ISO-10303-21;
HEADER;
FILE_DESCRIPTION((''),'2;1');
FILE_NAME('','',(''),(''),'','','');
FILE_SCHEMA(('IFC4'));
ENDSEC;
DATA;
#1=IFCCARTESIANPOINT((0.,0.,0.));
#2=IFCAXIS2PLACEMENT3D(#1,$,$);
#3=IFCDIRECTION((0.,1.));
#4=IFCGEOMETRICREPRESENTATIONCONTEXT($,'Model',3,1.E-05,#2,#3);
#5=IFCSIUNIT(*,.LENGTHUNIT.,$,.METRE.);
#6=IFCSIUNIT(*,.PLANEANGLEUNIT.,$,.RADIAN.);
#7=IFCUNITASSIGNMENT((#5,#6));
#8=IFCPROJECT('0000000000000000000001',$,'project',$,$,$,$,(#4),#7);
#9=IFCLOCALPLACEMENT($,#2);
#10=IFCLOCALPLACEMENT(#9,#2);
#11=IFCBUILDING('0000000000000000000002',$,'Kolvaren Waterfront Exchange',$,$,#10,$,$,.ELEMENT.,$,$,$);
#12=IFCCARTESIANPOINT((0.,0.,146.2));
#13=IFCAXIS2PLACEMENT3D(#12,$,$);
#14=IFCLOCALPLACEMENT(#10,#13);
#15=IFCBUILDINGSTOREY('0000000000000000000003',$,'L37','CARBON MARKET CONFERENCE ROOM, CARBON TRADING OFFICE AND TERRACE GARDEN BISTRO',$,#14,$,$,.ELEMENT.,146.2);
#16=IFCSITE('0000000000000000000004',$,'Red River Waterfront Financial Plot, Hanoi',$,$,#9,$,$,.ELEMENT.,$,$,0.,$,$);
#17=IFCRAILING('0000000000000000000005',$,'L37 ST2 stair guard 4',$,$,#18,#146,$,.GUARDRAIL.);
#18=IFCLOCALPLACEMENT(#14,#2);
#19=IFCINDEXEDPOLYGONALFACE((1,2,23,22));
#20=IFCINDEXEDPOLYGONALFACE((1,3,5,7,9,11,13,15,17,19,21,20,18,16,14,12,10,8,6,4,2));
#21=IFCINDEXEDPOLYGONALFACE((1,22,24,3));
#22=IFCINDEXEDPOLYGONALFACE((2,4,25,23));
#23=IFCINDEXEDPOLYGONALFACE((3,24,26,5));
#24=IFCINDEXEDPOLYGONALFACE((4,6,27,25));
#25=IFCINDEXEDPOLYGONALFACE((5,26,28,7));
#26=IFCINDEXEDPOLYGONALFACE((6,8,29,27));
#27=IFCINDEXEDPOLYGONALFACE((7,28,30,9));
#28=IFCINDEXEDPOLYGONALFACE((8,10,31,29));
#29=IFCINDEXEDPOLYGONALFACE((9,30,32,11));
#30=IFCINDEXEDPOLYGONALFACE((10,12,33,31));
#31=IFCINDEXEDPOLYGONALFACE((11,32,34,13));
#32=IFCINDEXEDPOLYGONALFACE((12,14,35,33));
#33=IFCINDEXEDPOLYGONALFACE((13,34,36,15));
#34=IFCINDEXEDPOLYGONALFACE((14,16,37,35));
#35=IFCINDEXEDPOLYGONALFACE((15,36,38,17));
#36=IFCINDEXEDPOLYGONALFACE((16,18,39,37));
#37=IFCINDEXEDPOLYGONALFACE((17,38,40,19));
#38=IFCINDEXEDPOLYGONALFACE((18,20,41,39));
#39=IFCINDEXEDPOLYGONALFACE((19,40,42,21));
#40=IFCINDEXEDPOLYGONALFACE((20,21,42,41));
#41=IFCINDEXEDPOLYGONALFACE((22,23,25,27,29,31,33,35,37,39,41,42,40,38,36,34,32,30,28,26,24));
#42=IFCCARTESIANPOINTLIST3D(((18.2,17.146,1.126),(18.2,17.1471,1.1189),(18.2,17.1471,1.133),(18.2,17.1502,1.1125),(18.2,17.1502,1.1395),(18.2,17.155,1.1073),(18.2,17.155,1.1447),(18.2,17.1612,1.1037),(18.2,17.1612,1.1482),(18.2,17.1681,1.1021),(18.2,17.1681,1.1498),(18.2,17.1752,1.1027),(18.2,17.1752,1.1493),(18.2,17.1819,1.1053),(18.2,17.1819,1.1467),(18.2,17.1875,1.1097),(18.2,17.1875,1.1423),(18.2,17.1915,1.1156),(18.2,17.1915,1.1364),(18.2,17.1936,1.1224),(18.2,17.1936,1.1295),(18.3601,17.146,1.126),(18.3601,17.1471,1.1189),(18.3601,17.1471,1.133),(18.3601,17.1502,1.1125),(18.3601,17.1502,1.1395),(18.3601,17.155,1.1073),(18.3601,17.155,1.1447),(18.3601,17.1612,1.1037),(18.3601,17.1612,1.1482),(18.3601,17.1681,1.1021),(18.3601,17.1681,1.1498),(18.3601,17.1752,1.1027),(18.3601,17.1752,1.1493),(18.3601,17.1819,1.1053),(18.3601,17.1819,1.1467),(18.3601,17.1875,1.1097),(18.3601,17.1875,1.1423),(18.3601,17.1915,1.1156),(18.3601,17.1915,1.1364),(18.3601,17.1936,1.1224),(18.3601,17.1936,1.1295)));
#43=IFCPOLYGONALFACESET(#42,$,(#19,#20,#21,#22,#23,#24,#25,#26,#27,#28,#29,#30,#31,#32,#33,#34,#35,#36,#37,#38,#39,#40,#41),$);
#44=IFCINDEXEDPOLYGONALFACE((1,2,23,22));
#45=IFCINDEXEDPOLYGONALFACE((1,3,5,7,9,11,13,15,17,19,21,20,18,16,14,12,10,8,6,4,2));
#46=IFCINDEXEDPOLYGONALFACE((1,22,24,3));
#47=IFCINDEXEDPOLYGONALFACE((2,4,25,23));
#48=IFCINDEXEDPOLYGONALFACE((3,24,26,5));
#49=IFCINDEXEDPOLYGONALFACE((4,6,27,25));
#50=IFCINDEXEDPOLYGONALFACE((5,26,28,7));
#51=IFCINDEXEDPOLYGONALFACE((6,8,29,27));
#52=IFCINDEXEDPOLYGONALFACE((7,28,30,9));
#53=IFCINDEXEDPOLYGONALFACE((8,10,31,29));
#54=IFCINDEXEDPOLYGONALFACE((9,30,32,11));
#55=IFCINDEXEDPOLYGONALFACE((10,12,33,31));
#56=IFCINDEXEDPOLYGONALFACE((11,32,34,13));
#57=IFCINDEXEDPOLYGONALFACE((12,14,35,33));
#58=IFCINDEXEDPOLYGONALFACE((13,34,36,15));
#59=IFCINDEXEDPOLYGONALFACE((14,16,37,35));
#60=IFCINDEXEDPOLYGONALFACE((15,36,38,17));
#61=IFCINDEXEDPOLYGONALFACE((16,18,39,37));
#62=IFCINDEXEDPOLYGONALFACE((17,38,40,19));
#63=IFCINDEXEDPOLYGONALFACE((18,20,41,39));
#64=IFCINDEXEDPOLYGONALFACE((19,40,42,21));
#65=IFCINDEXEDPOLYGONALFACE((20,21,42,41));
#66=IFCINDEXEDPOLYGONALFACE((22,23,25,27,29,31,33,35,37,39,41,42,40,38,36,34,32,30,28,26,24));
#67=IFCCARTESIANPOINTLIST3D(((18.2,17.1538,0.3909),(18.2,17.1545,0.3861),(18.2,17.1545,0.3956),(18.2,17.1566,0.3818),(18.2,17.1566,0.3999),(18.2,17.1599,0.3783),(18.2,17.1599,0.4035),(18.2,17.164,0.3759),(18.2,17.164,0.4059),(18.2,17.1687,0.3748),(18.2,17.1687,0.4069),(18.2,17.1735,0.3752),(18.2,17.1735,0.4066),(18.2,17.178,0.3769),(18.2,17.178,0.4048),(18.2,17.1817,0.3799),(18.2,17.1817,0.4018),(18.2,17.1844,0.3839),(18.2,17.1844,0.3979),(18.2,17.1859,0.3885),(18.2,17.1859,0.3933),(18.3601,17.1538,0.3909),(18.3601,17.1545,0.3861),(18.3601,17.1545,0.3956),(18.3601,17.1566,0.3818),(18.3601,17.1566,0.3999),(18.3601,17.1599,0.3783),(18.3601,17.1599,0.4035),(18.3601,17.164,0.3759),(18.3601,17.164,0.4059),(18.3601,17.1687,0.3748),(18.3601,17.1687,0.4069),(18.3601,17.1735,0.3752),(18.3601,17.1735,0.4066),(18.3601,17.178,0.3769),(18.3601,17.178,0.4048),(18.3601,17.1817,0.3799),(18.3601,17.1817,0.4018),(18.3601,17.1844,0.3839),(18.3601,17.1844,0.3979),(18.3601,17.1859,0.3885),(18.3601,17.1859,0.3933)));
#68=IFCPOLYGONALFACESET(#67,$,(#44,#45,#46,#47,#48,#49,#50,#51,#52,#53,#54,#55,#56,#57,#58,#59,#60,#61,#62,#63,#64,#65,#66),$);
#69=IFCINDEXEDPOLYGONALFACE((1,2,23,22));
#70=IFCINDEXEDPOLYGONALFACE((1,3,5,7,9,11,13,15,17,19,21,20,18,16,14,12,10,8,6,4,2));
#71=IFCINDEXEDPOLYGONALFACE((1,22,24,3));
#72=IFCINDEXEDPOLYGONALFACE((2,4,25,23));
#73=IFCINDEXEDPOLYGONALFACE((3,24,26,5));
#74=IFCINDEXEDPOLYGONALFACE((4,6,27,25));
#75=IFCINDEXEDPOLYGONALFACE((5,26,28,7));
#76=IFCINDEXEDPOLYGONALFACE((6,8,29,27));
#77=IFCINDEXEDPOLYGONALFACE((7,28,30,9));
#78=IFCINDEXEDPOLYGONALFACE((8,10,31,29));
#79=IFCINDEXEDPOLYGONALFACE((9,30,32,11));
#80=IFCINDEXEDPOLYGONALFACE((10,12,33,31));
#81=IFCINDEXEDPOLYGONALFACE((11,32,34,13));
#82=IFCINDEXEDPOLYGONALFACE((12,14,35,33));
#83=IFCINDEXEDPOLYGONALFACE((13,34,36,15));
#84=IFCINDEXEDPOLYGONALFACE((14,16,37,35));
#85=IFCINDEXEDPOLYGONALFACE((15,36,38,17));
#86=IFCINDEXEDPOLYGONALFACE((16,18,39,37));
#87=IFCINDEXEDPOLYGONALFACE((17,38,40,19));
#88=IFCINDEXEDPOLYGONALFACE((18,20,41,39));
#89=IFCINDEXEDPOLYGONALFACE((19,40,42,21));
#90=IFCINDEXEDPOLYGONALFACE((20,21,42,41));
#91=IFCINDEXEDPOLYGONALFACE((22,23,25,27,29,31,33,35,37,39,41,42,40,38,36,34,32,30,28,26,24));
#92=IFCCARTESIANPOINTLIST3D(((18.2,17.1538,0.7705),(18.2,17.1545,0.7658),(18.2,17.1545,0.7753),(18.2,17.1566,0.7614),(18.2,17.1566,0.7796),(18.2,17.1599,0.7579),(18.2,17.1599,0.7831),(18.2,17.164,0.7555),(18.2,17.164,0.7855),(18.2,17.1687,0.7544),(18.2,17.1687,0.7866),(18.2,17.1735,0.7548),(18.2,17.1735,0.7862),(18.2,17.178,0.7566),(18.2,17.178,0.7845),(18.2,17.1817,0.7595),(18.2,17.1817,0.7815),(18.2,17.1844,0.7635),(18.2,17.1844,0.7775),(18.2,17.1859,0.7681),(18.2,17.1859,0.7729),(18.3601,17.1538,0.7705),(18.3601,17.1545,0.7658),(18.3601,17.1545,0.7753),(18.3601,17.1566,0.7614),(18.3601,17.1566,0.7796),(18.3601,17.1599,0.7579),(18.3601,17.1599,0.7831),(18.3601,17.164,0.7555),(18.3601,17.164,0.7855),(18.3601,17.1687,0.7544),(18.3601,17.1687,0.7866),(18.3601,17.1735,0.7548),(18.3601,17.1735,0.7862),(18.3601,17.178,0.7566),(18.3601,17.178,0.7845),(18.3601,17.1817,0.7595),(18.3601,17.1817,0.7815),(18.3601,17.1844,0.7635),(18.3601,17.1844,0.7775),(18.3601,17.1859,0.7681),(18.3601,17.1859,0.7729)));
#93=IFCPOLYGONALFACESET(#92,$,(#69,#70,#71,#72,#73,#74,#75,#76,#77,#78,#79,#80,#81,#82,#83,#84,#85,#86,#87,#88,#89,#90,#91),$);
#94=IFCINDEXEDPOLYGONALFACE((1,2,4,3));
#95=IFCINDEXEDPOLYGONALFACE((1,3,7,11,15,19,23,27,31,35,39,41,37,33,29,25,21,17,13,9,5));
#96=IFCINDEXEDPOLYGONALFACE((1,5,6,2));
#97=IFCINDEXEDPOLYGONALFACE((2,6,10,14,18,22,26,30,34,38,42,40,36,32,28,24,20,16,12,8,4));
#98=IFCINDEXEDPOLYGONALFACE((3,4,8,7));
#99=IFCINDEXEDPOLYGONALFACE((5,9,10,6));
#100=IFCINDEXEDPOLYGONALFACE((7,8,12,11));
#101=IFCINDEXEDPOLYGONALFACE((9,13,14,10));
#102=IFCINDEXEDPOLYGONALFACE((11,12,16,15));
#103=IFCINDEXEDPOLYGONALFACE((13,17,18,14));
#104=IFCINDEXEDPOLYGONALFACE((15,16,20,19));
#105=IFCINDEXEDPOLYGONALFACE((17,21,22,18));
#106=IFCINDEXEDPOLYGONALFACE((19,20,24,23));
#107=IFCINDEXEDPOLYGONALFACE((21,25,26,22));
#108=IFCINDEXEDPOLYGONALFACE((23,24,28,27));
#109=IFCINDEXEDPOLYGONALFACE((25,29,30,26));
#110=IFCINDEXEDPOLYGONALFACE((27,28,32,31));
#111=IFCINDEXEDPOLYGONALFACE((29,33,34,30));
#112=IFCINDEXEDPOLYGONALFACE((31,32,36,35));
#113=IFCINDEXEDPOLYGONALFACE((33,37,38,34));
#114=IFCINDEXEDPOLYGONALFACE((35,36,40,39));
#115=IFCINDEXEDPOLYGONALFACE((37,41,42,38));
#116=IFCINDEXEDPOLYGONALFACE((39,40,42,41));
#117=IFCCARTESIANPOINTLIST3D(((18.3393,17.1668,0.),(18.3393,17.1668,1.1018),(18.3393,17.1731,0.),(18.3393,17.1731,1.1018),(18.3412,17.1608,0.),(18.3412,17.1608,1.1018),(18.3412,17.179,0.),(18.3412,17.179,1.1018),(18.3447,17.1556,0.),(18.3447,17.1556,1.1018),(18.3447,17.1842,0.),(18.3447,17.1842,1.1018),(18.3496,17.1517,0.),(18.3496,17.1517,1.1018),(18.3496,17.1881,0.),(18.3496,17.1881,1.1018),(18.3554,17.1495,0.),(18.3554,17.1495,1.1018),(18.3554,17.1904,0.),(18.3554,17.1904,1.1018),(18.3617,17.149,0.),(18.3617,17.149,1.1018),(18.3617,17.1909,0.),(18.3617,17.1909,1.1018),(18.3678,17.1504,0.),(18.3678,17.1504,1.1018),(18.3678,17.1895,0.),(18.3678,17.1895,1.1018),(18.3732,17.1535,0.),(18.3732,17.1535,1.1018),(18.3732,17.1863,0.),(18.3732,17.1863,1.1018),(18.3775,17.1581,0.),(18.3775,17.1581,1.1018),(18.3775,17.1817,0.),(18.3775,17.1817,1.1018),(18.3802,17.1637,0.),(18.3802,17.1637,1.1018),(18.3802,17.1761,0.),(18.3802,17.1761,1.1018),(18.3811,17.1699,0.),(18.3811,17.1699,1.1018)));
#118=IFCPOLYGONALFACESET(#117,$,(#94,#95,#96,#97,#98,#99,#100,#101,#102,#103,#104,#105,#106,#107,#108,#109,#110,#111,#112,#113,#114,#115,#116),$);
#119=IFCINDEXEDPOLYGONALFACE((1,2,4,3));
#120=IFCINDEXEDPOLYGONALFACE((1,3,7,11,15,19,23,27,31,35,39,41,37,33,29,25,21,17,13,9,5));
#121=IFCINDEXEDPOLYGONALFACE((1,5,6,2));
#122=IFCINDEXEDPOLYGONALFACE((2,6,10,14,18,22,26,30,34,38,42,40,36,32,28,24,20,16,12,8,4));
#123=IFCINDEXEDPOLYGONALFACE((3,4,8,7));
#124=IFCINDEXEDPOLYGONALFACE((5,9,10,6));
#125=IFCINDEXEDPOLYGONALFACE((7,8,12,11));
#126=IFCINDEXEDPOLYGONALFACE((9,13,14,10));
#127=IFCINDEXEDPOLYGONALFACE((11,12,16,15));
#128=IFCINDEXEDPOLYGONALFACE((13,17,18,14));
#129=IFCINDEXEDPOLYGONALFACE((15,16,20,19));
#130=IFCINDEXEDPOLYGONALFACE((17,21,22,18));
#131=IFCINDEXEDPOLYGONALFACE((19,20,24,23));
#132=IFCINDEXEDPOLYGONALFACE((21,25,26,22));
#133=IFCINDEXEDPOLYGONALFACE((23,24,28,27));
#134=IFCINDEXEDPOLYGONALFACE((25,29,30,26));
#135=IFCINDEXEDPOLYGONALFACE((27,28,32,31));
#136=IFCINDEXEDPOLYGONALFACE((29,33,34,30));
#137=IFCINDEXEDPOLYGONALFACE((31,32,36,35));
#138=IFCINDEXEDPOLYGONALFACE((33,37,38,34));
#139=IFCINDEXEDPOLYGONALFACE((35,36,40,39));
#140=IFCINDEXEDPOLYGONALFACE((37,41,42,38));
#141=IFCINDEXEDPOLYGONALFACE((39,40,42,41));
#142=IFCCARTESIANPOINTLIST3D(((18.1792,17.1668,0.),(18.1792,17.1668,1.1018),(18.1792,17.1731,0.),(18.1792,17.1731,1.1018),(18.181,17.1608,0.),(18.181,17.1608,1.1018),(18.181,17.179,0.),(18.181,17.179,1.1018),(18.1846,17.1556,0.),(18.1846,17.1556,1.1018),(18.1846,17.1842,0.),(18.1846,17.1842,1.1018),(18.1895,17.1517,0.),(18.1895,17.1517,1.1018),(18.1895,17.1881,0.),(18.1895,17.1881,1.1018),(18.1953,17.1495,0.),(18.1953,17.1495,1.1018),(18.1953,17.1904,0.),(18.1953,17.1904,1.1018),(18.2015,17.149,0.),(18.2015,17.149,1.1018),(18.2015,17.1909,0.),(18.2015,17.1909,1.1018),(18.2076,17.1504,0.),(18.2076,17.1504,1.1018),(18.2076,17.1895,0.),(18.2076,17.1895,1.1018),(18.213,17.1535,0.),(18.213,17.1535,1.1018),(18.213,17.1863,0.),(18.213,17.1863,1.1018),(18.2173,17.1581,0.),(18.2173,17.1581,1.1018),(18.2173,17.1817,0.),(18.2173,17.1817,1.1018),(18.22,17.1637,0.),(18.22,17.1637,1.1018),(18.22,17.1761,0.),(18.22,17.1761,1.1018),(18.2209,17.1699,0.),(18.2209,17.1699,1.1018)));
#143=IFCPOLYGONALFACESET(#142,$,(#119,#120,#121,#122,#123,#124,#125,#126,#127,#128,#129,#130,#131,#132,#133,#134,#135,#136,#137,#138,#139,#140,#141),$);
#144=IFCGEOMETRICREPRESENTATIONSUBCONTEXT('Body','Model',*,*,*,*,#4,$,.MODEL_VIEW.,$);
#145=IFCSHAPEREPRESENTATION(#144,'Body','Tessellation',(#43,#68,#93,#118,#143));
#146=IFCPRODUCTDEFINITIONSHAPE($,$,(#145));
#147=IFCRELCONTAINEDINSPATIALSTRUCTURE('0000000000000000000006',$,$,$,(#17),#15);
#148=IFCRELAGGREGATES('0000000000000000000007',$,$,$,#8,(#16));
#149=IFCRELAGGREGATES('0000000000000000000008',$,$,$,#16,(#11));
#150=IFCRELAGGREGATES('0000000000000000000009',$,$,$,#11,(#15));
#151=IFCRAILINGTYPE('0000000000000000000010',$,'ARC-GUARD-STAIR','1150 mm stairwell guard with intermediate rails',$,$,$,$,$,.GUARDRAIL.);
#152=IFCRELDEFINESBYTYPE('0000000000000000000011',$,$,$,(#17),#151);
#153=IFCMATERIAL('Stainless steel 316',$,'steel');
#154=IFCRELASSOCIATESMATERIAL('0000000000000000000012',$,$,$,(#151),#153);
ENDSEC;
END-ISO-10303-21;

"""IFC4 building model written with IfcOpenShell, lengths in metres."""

from ifc_helpers import new_model, si_unit, direction, frame, origin, origin_2d, place, context, subcontext, project, spatial, circle, extrude, material, type_object, element, save


model = new_model("IFC4")

# Units and contexts
model_context = context("Model", 3, precision=1e-05, world=origin(), true_north=direction((0.0, 1.0)))
body_context = subcontext(model_context, "Body", "Model", "MODEL_VIEW")
ifc_project = project(units=[si_unit("LENGTHUNIT", "METRE"), si_unit("PLANEANGLEUNIT", "RADIAN")], contexts=[model_context])

# Site, building, storey
site_placement = place(None, origin())
site = spatial("IfcSite", under=ifc_project, at=site_placement, Name="Red River Waterfront Financial Plot, Hanoi", CompositionType="ELEMENT", RefElevation=0.0)
building_placement = place(site_placement, origin())
building = spatial("IfcBuilding", under=site, at=building_placement, Name="Kolvaren Waterfront Exchange", CompositionType="ELEMENT")
storey_placement = place(building_placement, frame((0.0, 0.0, 146.2)))
storey = spatial("IfcBuildingStorey", under=building, at=storey_placement, Name="L37", Description="CARBON MARKET CONFERENCE ROOM, CARBON TRADING OFFICE AND TERRACE GARDEN BISTRO", CompositionType="ELEMENT", Elevation=146.2)

# Railing
ifc_material_1 = material(Name="Stainless steel 316", Category="steel")
railing_type_1 = type_object("IfcRailingType", Name="ARC-GUARD-STAIR", Description="1150 mm stairwell guard with intermediate rails", PredefinedType="GUARDRAIL", material=ifc_material_1)
railing_1_placement = place(storey_placement, frame((18.3601, 17.1699, 0.0)))
element("IfcRailing", 1, at=railing_1_placement, inside=storey, type_object=railing_type_1, Name="L37 ST2 stair guard 4", PredefinedType="GUARDRAIL", context=body_context, shape_type="SweptSolid", body=[
    extrude(circle(Radius=0.0239, at=origin_2d()), frame((0.0, 0.0, 1.126), z_axis=(-1.0, 0.0, 0.0), x_axis=(0.0, -1.0, 0.0)), (0.0, 0.0, 1.0), 0.1602),
    extrude(circle(Radius=0.0161, at=origin_2d()), frame((0.0, 0.0, 0.3909), z_axis=(-1.0, 0.0, 0.0), x_axis=(0.0, -1.0, 0.0)), (0.0, 0.0, 1.0), 0.1602),
    extrude(circle(Radius=0.0161, at=origin_2d()), frame((0.0, 0.0, 0.7705), z_axis=(-1.0, 0.0, 0.0), x_axis=(0.0, -1.0, 0.0)), (0.0, 0.0, 1.0), 0.1602),
    extrude(circle(Radius=0.021, at=origin_2d()), origin(), (0.0, 0.0, 1.0), 1.1018),
    extrude(circle(Radius=0.021, at=origin_2d()), frame((-0.1602, 0.0, 0.0)), (0.0, 0.0, 1.0), 1.1018),
])

save(model, "model.ifc")
